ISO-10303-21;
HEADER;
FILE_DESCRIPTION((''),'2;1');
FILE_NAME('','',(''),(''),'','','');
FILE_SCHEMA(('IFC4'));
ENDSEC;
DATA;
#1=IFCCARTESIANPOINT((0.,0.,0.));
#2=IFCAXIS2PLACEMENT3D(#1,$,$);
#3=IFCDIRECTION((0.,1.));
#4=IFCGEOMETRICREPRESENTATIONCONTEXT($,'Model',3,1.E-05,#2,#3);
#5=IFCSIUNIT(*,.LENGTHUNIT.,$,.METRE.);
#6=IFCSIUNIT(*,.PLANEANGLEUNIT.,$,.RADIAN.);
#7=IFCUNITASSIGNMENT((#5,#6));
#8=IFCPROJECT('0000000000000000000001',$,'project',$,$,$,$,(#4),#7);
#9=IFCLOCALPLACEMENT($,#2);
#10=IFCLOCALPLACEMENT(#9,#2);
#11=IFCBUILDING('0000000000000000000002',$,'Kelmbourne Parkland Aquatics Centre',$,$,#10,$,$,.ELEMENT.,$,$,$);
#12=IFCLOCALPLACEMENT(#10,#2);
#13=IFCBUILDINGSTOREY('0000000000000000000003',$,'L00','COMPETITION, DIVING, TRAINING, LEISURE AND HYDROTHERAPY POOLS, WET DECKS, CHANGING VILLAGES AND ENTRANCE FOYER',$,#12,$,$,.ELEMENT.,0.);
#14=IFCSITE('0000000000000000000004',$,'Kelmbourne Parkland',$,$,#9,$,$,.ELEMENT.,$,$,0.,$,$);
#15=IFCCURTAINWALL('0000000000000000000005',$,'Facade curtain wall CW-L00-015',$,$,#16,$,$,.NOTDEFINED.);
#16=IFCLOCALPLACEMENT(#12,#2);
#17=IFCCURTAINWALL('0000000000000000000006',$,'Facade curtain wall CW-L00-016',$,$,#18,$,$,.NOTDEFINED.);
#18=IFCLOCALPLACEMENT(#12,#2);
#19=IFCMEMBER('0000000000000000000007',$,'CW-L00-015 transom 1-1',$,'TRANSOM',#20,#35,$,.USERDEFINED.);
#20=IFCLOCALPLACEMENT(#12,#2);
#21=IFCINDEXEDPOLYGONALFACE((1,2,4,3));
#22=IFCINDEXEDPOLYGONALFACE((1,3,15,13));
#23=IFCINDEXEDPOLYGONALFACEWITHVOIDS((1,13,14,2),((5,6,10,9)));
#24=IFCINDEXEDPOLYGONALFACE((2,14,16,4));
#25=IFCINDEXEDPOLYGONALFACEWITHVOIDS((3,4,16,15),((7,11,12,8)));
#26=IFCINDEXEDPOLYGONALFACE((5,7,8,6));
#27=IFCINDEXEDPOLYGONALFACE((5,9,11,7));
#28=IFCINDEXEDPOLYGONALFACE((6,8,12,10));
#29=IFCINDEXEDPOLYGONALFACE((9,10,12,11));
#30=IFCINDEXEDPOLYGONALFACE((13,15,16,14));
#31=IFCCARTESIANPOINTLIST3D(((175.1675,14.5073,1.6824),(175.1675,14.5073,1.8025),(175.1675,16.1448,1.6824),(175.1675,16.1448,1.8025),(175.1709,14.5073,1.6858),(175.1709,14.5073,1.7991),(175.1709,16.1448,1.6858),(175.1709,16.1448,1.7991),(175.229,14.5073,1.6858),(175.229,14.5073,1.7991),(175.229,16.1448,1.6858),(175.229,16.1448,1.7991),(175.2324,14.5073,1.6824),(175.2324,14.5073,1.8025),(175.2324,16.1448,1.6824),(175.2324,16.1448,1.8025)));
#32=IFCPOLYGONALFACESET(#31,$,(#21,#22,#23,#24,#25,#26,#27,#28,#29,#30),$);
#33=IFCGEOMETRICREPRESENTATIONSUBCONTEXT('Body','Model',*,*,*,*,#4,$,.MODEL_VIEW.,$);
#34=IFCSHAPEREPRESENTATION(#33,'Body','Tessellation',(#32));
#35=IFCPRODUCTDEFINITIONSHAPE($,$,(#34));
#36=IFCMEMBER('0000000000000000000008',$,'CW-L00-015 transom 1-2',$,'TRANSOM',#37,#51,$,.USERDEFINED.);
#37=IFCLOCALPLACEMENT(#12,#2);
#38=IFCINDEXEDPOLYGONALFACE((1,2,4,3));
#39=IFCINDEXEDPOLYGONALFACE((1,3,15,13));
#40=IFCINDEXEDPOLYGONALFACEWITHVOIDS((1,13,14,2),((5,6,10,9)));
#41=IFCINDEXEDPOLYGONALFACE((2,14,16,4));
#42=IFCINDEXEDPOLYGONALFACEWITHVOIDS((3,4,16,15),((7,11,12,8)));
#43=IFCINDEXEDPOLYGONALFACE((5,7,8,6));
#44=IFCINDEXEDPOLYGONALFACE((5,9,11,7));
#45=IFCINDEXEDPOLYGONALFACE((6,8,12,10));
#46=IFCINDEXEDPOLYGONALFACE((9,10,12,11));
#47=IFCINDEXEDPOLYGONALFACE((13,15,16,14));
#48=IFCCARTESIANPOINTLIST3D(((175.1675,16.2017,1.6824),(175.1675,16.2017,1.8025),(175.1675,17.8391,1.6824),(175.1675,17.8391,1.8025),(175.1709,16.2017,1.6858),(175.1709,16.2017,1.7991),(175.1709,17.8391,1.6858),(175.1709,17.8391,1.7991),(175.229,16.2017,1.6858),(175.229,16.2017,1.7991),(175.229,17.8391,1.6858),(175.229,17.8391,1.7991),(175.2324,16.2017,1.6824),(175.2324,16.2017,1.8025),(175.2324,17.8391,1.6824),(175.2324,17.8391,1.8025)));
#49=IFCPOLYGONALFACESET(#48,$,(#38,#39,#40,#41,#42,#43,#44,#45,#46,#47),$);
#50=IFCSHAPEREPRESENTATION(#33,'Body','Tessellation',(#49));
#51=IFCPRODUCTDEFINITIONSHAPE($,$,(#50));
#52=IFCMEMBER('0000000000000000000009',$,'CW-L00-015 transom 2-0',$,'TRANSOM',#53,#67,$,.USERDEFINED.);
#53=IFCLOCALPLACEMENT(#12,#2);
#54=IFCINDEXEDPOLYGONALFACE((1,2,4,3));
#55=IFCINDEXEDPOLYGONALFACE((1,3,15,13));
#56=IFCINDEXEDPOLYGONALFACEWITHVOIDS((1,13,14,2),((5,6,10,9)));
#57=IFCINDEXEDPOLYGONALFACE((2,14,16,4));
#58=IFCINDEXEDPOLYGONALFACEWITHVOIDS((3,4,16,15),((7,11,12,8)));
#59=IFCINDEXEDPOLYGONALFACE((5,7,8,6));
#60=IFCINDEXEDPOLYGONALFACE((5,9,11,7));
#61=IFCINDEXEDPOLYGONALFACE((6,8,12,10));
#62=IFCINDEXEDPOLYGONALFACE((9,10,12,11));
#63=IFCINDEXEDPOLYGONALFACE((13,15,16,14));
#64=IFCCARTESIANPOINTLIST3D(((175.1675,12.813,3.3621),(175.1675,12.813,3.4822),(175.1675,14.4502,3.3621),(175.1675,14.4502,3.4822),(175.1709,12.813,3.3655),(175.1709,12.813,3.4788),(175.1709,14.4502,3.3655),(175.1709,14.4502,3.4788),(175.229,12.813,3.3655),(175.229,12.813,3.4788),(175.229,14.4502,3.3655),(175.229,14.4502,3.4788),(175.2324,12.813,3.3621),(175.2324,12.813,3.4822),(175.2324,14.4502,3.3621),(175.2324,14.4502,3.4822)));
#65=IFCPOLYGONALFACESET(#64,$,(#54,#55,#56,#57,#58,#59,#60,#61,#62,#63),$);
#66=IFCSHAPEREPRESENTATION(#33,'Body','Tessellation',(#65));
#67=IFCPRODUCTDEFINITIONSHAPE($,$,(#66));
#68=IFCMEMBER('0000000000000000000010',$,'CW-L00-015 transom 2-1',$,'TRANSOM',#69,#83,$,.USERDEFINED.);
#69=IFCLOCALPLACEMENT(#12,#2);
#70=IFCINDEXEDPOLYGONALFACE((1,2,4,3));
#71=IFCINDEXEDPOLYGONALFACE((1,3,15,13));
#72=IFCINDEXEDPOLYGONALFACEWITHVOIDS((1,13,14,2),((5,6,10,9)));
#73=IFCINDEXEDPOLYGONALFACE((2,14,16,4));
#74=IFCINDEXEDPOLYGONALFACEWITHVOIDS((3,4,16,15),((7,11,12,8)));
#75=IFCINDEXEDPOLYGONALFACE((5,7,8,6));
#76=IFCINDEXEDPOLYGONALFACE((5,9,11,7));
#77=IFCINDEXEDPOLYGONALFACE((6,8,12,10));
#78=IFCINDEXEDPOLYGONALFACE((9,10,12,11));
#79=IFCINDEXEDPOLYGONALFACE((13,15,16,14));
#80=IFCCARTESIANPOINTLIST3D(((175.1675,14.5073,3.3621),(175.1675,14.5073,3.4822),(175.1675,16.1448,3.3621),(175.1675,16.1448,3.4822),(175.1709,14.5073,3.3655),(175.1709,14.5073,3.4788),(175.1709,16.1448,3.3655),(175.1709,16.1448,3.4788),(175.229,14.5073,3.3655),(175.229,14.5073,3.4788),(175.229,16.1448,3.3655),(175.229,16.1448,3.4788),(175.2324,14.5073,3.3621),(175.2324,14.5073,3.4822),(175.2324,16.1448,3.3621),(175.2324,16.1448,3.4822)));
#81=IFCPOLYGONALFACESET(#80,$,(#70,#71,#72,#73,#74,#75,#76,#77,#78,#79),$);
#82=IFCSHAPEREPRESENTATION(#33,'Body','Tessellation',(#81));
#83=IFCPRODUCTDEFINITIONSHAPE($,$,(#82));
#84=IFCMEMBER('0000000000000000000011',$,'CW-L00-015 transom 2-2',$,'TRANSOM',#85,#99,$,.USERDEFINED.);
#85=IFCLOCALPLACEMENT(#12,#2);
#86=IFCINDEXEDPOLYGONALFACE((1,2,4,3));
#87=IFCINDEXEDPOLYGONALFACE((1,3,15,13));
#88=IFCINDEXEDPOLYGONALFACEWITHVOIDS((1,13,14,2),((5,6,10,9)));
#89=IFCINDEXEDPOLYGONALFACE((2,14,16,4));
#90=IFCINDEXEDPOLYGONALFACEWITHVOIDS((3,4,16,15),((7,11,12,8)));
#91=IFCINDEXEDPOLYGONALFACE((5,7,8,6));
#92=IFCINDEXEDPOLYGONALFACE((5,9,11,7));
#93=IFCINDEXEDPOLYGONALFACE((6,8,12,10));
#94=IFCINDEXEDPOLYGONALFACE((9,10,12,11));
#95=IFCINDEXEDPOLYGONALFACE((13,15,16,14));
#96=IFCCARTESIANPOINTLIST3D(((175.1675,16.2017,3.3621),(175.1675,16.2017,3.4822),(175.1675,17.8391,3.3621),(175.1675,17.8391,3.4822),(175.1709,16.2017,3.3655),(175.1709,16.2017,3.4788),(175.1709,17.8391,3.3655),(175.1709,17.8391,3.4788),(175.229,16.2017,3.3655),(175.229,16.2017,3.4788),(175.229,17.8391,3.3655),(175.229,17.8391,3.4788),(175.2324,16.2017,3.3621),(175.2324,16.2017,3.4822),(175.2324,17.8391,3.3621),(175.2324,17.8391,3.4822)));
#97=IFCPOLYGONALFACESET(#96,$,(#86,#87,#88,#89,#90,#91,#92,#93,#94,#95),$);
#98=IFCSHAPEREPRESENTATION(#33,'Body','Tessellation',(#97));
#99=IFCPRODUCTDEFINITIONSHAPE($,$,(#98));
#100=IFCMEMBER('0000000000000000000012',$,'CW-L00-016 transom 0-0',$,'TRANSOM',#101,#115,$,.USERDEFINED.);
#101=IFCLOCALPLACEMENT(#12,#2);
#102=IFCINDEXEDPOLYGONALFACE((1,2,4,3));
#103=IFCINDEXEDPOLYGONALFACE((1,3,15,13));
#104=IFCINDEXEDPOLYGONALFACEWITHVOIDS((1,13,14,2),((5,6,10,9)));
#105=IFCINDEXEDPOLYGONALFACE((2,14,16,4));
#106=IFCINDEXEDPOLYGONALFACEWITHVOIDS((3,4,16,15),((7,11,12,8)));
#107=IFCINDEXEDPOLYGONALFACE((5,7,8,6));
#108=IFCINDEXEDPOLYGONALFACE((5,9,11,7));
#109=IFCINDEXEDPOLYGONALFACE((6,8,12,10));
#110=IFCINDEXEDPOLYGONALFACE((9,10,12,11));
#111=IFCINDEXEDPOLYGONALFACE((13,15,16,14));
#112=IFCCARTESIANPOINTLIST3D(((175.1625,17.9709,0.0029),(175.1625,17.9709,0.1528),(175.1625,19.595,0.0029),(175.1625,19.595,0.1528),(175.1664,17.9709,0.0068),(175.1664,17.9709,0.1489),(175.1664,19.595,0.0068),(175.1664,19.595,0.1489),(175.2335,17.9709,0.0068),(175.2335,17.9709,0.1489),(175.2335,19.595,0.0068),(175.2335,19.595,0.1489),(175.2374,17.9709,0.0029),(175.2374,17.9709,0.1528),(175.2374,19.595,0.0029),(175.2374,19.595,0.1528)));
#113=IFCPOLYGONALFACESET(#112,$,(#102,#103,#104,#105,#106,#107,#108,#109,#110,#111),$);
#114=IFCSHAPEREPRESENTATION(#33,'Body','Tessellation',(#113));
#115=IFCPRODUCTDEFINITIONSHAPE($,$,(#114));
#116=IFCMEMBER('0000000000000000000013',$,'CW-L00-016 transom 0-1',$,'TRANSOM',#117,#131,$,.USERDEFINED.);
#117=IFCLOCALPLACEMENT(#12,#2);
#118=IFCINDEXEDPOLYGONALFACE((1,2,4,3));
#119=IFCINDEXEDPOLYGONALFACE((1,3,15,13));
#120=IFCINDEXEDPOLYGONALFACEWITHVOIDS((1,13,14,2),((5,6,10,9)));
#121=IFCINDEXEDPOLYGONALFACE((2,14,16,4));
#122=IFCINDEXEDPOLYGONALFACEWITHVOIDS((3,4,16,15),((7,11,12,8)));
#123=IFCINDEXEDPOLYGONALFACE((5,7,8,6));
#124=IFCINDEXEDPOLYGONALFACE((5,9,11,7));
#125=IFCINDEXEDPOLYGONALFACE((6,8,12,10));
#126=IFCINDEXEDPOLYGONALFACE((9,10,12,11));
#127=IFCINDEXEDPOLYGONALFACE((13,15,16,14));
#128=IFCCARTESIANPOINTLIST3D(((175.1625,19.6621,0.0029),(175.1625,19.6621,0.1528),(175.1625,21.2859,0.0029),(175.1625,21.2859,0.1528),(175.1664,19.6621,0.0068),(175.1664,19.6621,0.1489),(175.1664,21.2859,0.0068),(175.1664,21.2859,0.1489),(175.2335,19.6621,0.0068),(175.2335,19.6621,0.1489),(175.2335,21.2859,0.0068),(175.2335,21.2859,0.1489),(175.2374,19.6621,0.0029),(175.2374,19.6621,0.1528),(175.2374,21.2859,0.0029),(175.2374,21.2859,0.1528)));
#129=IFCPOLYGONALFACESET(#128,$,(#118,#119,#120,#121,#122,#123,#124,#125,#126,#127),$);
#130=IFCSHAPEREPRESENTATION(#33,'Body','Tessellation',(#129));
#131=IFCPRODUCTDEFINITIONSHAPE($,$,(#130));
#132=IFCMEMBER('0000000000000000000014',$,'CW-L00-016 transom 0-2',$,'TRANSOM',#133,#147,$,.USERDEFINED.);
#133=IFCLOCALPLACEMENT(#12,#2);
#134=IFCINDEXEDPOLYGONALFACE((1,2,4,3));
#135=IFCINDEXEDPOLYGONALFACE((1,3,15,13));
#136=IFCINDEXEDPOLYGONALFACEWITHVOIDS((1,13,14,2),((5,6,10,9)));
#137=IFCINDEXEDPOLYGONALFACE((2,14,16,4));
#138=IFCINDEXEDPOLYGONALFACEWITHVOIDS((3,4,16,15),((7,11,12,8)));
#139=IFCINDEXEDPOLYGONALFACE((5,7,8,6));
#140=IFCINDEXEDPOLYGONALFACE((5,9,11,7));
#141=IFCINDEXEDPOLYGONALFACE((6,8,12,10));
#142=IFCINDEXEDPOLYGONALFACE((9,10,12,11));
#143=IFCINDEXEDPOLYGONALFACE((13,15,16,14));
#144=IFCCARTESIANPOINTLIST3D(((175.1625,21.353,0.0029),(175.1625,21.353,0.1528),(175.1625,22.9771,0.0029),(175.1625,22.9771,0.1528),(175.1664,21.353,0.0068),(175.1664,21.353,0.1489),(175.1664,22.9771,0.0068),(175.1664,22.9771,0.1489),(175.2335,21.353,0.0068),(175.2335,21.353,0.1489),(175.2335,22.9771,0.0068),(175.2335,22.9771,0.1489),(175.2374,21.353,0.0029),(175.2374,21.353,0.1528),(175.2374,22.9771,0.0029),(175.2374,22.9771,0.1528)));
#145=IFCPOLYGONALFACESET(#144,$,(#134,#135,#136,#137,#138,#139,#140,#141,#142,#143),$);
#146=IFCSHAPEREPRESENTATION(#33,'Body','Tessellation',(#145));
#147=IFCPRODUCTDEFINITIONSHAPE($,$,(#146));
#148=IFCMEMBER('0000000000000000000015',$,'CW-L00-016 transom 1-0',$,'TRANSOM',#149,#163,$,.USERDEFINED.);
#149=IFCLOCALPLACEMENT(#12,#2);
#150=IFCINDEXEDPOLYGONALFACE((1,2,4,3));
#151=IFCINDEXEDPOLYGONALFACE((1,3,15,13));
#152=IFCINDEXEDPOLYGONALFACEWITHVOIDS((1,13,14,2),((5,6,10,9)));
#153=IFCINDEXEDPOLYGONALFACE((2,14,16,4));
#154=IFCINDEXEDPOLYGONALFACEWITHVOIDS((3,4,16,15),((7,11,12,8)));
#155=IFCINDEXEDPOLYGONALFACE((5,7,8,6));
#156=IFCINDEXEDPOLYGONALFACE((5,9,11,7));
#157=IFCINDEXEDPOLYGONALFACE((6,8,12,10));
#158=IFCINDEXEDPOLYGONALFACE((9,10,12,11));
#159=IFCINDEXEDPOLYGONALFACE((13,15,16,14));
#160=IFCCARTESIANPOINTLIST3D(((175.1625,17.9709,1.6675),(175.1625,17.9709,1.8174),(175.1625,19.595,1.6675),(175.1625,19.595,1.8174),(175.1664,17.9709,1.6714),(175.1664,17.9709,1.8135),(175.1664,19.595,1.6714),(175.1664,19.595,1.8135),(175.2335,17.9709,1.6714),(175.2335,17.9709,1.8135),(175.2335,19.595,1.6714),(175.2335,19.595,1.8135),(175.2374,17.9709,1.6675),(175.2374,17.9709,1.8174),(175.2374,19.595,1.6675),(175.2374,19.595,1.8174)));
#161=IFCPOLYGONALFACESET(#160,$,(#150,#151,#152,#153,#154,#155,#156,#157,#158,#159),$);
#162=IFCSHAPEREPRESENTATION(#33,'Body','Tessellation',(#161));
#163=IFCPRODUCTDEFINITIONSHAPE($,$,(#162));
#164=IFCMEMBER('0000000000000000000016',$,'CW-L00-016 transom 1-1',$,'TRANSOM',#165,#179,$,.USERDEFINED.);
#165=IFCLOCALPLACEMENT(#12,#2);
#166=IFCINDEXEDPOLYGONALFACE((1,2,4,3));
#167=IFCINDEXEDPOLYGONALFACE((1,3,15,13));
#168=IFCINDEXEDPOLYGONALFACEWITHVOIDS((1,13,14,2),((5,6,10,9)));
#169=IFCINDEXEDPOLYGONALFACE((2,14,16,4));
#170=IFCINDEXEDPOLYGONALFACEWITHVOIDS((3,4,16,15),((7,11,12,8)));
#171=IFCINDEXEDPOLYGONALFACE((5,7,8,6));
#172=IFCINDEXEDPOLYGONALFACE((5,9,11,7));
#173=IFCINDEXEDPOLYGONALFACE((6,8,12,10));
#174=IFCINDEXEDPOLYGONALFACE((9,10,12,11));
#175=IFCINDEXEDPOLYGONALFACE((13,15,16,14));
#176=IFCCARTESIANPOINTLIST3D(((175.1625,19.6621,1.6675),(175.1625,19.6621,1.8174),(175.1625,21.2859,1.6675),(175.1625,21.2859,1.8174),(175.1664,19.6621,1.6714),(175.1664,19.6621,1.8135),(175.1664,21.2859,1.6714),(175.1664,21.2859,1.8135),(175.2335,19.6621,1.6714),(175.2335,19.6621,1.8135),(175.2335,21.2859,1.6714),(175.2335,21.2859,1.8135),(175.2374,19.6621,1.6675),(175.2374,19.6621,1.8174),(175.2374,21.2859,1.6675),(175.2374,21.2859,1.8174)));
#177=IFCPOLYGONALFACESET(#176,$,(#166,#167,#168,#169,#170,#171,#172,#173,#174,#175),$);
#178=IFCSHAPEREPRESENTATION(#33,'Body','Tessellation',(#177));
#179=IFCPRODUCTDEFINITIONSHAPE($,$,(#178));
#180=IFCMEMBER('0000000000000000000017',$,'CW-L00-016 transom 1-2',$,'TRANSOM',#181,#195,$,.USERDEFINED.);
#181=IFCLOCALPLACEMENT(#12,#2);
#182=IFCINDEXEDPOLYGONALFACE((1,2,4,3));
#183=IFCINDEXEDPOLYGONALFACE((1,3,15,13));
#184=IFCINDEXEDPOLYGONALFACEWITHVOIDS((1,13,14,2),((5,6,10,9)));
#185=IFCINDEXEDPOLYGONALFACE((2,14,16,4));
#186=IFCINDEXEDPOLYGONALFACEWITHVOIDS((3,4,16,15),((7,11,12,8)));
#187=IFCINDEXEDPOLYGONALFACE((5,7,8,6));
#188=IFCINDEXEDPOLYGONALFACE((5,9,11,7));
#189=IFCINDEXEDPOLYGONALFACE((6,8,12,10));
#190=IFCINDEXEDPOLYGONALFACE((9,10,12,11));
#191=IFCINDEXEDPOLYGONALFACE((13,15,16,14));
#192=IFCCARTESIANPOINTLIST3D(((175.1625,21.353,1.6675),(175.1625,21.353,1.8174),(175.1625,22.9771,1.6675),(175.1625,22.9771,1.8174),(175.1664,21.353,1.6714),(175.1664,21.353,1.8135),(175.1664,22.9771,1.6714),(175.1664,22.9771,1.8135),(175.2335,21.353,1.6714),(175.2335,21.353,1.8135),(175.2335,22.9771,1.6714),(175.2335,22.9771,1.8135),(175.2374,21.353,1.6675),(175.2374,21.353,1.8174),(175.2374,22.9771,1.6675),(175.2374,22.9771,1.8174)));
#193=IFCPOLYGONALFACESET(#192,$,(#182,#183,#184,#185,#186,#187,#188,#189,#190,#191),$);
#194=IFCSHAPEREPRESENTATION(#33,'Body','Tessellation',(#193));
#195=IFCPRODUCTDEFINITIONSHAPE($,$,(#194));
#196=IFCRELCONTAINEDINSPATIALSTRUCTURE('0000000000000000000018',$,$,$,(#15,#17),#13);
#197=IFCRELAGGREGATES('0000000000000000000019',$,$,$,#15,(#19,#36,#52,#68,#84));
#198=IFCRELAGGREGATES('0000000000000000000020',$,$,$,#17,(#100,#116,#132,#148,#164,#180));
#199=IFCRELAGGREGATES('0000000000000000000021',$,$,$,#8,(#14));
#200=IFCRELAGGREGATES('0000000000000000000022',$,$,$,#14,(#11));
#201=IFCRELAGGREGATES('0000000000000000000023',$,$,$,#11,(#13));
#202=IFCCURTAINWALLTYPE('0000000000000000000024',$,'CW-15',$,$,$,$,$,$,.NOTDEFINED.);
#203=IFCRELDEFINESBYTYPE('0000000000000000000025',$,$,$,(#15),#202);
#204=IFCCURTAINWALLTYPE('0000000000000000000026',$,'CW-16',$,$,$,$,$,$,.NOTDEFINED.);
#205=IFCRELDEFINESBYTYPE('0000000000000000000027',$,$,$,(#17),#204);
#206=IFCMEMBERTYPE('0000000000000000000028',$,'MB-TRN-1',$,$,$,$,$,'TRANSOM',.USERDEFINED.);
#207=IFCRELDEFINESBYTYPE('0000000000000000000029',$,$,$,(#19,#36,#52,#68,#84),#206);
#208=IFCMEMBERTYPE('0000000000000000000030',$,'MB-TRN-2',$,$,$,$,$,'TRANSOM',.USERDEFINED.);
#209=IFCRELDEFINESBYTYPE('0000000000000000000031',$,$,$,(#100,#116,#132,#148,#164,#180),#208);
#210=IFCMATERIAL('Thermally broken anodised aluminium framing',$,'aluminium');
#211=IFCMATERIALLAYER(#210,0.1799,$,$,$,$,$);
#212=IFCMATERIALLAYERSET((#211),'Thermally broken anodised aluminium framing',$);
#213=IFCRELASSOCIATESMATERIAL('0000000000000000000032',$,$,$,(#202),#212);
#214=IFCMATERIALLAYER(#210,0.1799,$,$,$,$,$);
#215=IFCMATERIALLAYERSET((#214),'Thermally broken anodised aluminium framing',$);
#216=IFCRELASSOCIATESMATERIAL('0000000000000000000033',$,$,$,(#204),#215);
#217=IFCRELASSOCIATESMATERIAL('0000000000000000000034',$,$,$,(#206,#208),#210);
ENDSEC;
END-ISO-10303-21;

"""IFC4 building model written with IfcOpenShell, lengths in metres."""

from ifc_helpers import new_model, si_unit, direction, frame, origin, origin_2d, place, context, subcontext, project, spatial, hollow_rectangle, extrude, material, layer, layer_set, material_profile, profile_set, type_object, element, aggregate, save


model = new_model("IFC4")

# Units and contexts
model_context = context("Model", 3, precision=1e-05, world=origin(), true_north=direction((0.0, 1.0)))
body_context = subcontext(model_context, "Body", "Model", "MODEL_VIEW")
ifc_project = project(units=[si_unit("LENGTHUNIT", "METRE"), si_unit("PLANEANGLEUNIT", "RADIAN")], contexts=[model_context])

# Site, building, storey
site_placement = place(None, origin())
site = spatial("IfcSite", under=ifc_project, at=site_placement, Name="Kelmbourne Parkland", CompositionType="ELEMENT", RefElevation=0.0)
building_placement = place(site_placement, origin())
building = spatial("IfcBuilding", under=site, at=building_placement, Name="Kelmbourne Parkland Aquatics Centre", CompositionType="ELEMENT")
storey_placement = place(building_placement, origin())
storey = spatial("IfcBuildingStorey", under=building, at=storey_placement, Name="L00", Description="COMPETITION, DIVING, TRAINING, LEISURE AND HYDROTHERAPY POOLS, WET DECKS, CHANGING VILLAGES AND ENTRANCE FOYER", CompositionType="ELEMENT", Elevation=0.0)

# Curtain walls
ifc_material_1 = material(Name="Thermally broken anodised aluminium framing", Category="aluminium")
ifc_layer_1 = layer(ifc_material_1, 0.1799)
ifc_layer_set_1 = layer_set([ifc_layer_1], Name="Thermally broken anodised aluminium framing")
curtain_wall_type_1 = type_object("IfcCurtainWallType", Name="CW-15", PredefinedType="NOTDEFINED", material=ifc_layer_set_1)
curtain_wall_1_placement = place(storey_placement, origin())
curtain_wall_1 = element("IfcCurtainWall", 1, at=curtain_wall_1_placement, inside=storey, type_object=curtain_wall_type_1, Name="Facade curtain wall CW-L00-015", PredefinedType="NOTDEFINED")
ifc_layer_2 = layer(ifc_material_1, 0.1799)
ifc_layer_set_2 = layer_set([ifc_layer_2], Name="Thermally broken anodised aluminium framing")
curtain_wall_type_2 = type_object("IfcCurtainWallType", Name="CW-16", PredefinedType="NOTDEFINED", material=ifc_layer_set_2)
curtain_wall_2_placement = place(storey_placement, origin())
curtain_wall_2 = element("IfcCurtainWall", 2, at=curtain_wall_2_placement, inside=storey, type_object=curtain_wall_type_2, Name="Facade curtain wall CW-L00-016", PredefinedType="NOTDEFINED")

# Members
ifc_material_profile_1 = material_profile(ifc_material_1, hollow_rectangle(XDim=0.0649, YDim=0.1201, WallThickness=0.0034, at=origin_2d()), Name="CW-T 65x120")
ifc_profile_set_1 = profile_set([ifc_material_profile_1], Name="Thermally broken anodised aluminium framing")
member_type_1 = type_object("IfcMemberType", Name="MB-TRN-1", ElementType="TRANSOM", PredefinedType="USERDEFINED", material=ifc_profile_set_1)
member_1_placement = place(storey_placement, frame((175.2, 14.5073, 1.7424), z_axis=(0.0, 1.0, 0.0), x_axis=(-1.0, 0.0, 0.0)))
member_1 = element("IfcMember", 3, at=member_1_placement, type_object=member_type_1, Name="CW-L00-015 transom 1-1", ObjectType="TRANSOM", PredefinedType="USERDEFINED", context=body_context, shape_type="SweptSolid", body=[
    extrude(hollow_rectangle(XDim=0.0649, YDim=0.1201, WallThickness=0.0034, at=origin_2d()), origin(), (0.0, 0.0, 1.0), 1.6375),
])
member_2_placement = place(storey_placement, frame((175.2, 16.2017, 1.7424), z_axis=(0.0, 1.0, 0.0), x_axis=(-1.0, 0.0, 0.0)))
member_2 = element("IfcMember", 4, at=member_2_placement, type_object=member_type_1, Name="CW-L00-015 transom 1-2", ObjectType="TRANSOM", PredefinedType="USERDEFINED", context=body_context, shape_type="SweptSolid", body=[
    extrude(hollow_rectangle(XDim=0.0649, YDim=0.1201, WallThickness=0.0034, at=origin_2d()), origin(), (0.0, 0.0, 1.0), 1.6375),
])
member_3_placement = place(storey_placement, frame((175.2, 12.813, 3.4221), z_axis=(0.0, 1.0, 0.0), x_axis=(-1.0, 0.0, 0.0)))
member_3 = element("IfcMember", 5, at=member_3_placement, type_object=member_type_1, Name="CW-L00-015 transom 2-0", ObjectType="TRANSOM", PredefinedType="USERDEFINED", context=body_context, shape_type="SweptSolid", body=[
    extrude(hollow_rectangle(XDim=0.0649, YDim=0.1201, WallThickness=0.0034, at=origin_2d()), origin(), (0.0, 0.0, 1.0), 1.6372),
])
member_4_placement = place(storey_placement, frame((175.2, 14.5073, 3.4221), z_axis=(0.0, 1.0, 0.0), x_axis=(-1.0, 0.0, 0.0)))
member_4 = element("IfcMember", 6, at=member_4_placement, type_object=member_type_1, Name="CW-L00-015 transom 2-1", ObjectType="TRANSOM", PredefinedType="USERDEFINED", context=body_context, shape_type="SweptSolid", body=[
    extrude(hollow_rectangle(XDim=0.0649, YDim=0.1201, WallThickness=0.0034, at=origin_2d()), origin(), (0.0, 0.0, 1.0), 1.6375),
])
member_5_placement = place(storey_placement, frame((175.2, 16.2017, 3.4221), z_axis=(0.0, 1.0, 0.0), x_axis=(-1.0, 0.0, 0.0)))
member_5 = element("IfcMember", 7, at=member_5_placement, type_object=member_type_1, Name="CW-L00-015 transom 2-2", ObjectType="TRANSOM", PredefinedType="USERDEFINED", context=body_context, shape_type="SweptSolid", body=[
    extrude(hollow_rectangle(XDim=0.0649, YDim=0.1201, WallThickness=0.0034, at=origin_2d()), origin(), (0.0, 0.0, 1.0), 1.6375),
])
ifc_material_profile_2 = material_profile(ifc_material_1, hollow_rectangle(XDim=0.075, YDim=0.1499, WallThickness=0.0039, at=origin_2d()), Name="CW-T 75x150")
ifc_profile_set_2 = profile_set([ifc_material_profile_2], Name="Thermally broken anodised aluminium framing")
member_type_2 = type_object("IfcMemberType", Name="MB-TRN-2", ElementType="TRANSOM", PredefinedType="USERDEFINED", material=ifc_profile_set_2)
member_6_placement = place(storey_placement, frame((175.2, 17.9709, 0.0779), z_axis=(0.0, 1.0, 0.0), x_axis=(-1.0, 0.0, 0.0)))
member_6 = element("IfcMember", 8, at=member_6_placement, type_object=member_type_2, Name="CW-L00-016 transom 0-0", ObjectType="TRANSOM", PredefinedType="USERDEFINED", context=body_context, shape_type="SweptSolid", body=[
    extrude(hollow_rectangle(XDim=0.075, YDim=0.1499, WallThickness=0.0039, at=origin_2d()), origin(), (0.0, 0.0, 1.0), 1.624),
])
member_7_placement = place(storey_placement, frame((175.2, 19.6621, 0.0779), z_axis=(0.0, 1.0, 0.0), x_axis=(-1.0, 0.0, 0.0)))
member_7 = element("IfcMember", 9, at=member_7_placement, type_object=member_type_2, Name="CW-L00-016 transom 0-1", ObjectType="TRANSOM", PredefinedType="USERDEFINED", context=body_context, shape_type="SweptSolid", body=[
    extrude(hollow_rectangle(XDim=0.075, YDim=0.1499, WallThickness=0.0039, at=origin_2d()), origin(), (0.0, 0.0, 1.0), 1.6238),
])
member_8_placement = place(storey_placement, frame((175.2, 21.353, 0.0779), z_axis=(0.0, 1.0, 0.0), x_axis=(-1.0, 0.0, 0.0)))
member_8 = element("IfcMember", 10, at=member_8_placement, type_object=member_type_2, Name="CW-L00-016 transom 0-2", ObjectType="TRANSOM", PredefinedType="USERDEFINED", context=body_context, shape_type="SweptSolid", body=[
    extrude(hollow_rectangle(XDim=0.075, YDim=0.1499, WallThickness=0.0039, at=origin_2d()), origin(), (0.0, 0.0, 1.0), 1.624),
])
member_9_placement = place(storey_placement, frame((175.2, 17.9709, 1.7424), z_axis=(0.0, 1.0, 0.0), x_axis=(-1.0, 0.0, 0.0)))
member_9 = element("IfcMember", 11, at=member_9_placement, type_object=member_type_2, Name="CW-L00-016 transom 1-0", ObjectType="TRANSOM", PredefinedType="USERDEFINED", context=body_context, shape_type="SweptSolid", body=[
    extrude(hollow_rectangle(XDim=0.075, YDim=0.1499, WallThickness=0.0039, at=origin_2d()), origin(), (0.0, 0.0, 1.0), 1.624),
])
member_10_placement = place(storey_placement, frame((175.2, 19.6621, 1.7424), z_axis=(0.0, 1.0, 0.0), x_axis=(-1.0, 0.0, 0.0)))
member_10 = element("IfcMember", 12, at=member_10_placement, type_object=member_type_2, Name="CW-L00-016 transom 1-1", ObjectType="TRANSOM", PredefinedType="USERDEFINED", context=body_context, shape_type="SweptSolid", body=[
    extrude(hollow_rectangle(XDim=0.075, YDim=0.1499, WallThickness=0.0039, at=origin_2d()), origin(), (0.0, 0.0, 1.0), 1.6238),
])
member_11_placement = place(storey_placement, frame((175.2, 21.353, 1.7424), z_axis=(0.0, 1.0, 0.0), x_axis=(-1.0, 0.0, 0.0)))
member_11 = element("IfcMember", 13, at=member_11_placement, type_object=member_type_2, Name="CW-L00-016 transom 1-2", ObjectType="TRANSOM", PredefinedType="USERDEFINED", context=body_context, shape_type="SweptSolid", body=[
    extrude(hollow_rectangle(XDim=0.075, YDim=0.1499, WallThickness=0.0039, at=origin_2d()), origin(), (0.0, 0.0, 1.0), 1.624),
])

aggregate(curtain_wall_1, [member_1, member_2, member_3, member_4, member_5])
aggregate(curtain_wall_2, [member_6, member_7, member_8, member_9, member_10, member_11])

save(model, "model.ifc")
